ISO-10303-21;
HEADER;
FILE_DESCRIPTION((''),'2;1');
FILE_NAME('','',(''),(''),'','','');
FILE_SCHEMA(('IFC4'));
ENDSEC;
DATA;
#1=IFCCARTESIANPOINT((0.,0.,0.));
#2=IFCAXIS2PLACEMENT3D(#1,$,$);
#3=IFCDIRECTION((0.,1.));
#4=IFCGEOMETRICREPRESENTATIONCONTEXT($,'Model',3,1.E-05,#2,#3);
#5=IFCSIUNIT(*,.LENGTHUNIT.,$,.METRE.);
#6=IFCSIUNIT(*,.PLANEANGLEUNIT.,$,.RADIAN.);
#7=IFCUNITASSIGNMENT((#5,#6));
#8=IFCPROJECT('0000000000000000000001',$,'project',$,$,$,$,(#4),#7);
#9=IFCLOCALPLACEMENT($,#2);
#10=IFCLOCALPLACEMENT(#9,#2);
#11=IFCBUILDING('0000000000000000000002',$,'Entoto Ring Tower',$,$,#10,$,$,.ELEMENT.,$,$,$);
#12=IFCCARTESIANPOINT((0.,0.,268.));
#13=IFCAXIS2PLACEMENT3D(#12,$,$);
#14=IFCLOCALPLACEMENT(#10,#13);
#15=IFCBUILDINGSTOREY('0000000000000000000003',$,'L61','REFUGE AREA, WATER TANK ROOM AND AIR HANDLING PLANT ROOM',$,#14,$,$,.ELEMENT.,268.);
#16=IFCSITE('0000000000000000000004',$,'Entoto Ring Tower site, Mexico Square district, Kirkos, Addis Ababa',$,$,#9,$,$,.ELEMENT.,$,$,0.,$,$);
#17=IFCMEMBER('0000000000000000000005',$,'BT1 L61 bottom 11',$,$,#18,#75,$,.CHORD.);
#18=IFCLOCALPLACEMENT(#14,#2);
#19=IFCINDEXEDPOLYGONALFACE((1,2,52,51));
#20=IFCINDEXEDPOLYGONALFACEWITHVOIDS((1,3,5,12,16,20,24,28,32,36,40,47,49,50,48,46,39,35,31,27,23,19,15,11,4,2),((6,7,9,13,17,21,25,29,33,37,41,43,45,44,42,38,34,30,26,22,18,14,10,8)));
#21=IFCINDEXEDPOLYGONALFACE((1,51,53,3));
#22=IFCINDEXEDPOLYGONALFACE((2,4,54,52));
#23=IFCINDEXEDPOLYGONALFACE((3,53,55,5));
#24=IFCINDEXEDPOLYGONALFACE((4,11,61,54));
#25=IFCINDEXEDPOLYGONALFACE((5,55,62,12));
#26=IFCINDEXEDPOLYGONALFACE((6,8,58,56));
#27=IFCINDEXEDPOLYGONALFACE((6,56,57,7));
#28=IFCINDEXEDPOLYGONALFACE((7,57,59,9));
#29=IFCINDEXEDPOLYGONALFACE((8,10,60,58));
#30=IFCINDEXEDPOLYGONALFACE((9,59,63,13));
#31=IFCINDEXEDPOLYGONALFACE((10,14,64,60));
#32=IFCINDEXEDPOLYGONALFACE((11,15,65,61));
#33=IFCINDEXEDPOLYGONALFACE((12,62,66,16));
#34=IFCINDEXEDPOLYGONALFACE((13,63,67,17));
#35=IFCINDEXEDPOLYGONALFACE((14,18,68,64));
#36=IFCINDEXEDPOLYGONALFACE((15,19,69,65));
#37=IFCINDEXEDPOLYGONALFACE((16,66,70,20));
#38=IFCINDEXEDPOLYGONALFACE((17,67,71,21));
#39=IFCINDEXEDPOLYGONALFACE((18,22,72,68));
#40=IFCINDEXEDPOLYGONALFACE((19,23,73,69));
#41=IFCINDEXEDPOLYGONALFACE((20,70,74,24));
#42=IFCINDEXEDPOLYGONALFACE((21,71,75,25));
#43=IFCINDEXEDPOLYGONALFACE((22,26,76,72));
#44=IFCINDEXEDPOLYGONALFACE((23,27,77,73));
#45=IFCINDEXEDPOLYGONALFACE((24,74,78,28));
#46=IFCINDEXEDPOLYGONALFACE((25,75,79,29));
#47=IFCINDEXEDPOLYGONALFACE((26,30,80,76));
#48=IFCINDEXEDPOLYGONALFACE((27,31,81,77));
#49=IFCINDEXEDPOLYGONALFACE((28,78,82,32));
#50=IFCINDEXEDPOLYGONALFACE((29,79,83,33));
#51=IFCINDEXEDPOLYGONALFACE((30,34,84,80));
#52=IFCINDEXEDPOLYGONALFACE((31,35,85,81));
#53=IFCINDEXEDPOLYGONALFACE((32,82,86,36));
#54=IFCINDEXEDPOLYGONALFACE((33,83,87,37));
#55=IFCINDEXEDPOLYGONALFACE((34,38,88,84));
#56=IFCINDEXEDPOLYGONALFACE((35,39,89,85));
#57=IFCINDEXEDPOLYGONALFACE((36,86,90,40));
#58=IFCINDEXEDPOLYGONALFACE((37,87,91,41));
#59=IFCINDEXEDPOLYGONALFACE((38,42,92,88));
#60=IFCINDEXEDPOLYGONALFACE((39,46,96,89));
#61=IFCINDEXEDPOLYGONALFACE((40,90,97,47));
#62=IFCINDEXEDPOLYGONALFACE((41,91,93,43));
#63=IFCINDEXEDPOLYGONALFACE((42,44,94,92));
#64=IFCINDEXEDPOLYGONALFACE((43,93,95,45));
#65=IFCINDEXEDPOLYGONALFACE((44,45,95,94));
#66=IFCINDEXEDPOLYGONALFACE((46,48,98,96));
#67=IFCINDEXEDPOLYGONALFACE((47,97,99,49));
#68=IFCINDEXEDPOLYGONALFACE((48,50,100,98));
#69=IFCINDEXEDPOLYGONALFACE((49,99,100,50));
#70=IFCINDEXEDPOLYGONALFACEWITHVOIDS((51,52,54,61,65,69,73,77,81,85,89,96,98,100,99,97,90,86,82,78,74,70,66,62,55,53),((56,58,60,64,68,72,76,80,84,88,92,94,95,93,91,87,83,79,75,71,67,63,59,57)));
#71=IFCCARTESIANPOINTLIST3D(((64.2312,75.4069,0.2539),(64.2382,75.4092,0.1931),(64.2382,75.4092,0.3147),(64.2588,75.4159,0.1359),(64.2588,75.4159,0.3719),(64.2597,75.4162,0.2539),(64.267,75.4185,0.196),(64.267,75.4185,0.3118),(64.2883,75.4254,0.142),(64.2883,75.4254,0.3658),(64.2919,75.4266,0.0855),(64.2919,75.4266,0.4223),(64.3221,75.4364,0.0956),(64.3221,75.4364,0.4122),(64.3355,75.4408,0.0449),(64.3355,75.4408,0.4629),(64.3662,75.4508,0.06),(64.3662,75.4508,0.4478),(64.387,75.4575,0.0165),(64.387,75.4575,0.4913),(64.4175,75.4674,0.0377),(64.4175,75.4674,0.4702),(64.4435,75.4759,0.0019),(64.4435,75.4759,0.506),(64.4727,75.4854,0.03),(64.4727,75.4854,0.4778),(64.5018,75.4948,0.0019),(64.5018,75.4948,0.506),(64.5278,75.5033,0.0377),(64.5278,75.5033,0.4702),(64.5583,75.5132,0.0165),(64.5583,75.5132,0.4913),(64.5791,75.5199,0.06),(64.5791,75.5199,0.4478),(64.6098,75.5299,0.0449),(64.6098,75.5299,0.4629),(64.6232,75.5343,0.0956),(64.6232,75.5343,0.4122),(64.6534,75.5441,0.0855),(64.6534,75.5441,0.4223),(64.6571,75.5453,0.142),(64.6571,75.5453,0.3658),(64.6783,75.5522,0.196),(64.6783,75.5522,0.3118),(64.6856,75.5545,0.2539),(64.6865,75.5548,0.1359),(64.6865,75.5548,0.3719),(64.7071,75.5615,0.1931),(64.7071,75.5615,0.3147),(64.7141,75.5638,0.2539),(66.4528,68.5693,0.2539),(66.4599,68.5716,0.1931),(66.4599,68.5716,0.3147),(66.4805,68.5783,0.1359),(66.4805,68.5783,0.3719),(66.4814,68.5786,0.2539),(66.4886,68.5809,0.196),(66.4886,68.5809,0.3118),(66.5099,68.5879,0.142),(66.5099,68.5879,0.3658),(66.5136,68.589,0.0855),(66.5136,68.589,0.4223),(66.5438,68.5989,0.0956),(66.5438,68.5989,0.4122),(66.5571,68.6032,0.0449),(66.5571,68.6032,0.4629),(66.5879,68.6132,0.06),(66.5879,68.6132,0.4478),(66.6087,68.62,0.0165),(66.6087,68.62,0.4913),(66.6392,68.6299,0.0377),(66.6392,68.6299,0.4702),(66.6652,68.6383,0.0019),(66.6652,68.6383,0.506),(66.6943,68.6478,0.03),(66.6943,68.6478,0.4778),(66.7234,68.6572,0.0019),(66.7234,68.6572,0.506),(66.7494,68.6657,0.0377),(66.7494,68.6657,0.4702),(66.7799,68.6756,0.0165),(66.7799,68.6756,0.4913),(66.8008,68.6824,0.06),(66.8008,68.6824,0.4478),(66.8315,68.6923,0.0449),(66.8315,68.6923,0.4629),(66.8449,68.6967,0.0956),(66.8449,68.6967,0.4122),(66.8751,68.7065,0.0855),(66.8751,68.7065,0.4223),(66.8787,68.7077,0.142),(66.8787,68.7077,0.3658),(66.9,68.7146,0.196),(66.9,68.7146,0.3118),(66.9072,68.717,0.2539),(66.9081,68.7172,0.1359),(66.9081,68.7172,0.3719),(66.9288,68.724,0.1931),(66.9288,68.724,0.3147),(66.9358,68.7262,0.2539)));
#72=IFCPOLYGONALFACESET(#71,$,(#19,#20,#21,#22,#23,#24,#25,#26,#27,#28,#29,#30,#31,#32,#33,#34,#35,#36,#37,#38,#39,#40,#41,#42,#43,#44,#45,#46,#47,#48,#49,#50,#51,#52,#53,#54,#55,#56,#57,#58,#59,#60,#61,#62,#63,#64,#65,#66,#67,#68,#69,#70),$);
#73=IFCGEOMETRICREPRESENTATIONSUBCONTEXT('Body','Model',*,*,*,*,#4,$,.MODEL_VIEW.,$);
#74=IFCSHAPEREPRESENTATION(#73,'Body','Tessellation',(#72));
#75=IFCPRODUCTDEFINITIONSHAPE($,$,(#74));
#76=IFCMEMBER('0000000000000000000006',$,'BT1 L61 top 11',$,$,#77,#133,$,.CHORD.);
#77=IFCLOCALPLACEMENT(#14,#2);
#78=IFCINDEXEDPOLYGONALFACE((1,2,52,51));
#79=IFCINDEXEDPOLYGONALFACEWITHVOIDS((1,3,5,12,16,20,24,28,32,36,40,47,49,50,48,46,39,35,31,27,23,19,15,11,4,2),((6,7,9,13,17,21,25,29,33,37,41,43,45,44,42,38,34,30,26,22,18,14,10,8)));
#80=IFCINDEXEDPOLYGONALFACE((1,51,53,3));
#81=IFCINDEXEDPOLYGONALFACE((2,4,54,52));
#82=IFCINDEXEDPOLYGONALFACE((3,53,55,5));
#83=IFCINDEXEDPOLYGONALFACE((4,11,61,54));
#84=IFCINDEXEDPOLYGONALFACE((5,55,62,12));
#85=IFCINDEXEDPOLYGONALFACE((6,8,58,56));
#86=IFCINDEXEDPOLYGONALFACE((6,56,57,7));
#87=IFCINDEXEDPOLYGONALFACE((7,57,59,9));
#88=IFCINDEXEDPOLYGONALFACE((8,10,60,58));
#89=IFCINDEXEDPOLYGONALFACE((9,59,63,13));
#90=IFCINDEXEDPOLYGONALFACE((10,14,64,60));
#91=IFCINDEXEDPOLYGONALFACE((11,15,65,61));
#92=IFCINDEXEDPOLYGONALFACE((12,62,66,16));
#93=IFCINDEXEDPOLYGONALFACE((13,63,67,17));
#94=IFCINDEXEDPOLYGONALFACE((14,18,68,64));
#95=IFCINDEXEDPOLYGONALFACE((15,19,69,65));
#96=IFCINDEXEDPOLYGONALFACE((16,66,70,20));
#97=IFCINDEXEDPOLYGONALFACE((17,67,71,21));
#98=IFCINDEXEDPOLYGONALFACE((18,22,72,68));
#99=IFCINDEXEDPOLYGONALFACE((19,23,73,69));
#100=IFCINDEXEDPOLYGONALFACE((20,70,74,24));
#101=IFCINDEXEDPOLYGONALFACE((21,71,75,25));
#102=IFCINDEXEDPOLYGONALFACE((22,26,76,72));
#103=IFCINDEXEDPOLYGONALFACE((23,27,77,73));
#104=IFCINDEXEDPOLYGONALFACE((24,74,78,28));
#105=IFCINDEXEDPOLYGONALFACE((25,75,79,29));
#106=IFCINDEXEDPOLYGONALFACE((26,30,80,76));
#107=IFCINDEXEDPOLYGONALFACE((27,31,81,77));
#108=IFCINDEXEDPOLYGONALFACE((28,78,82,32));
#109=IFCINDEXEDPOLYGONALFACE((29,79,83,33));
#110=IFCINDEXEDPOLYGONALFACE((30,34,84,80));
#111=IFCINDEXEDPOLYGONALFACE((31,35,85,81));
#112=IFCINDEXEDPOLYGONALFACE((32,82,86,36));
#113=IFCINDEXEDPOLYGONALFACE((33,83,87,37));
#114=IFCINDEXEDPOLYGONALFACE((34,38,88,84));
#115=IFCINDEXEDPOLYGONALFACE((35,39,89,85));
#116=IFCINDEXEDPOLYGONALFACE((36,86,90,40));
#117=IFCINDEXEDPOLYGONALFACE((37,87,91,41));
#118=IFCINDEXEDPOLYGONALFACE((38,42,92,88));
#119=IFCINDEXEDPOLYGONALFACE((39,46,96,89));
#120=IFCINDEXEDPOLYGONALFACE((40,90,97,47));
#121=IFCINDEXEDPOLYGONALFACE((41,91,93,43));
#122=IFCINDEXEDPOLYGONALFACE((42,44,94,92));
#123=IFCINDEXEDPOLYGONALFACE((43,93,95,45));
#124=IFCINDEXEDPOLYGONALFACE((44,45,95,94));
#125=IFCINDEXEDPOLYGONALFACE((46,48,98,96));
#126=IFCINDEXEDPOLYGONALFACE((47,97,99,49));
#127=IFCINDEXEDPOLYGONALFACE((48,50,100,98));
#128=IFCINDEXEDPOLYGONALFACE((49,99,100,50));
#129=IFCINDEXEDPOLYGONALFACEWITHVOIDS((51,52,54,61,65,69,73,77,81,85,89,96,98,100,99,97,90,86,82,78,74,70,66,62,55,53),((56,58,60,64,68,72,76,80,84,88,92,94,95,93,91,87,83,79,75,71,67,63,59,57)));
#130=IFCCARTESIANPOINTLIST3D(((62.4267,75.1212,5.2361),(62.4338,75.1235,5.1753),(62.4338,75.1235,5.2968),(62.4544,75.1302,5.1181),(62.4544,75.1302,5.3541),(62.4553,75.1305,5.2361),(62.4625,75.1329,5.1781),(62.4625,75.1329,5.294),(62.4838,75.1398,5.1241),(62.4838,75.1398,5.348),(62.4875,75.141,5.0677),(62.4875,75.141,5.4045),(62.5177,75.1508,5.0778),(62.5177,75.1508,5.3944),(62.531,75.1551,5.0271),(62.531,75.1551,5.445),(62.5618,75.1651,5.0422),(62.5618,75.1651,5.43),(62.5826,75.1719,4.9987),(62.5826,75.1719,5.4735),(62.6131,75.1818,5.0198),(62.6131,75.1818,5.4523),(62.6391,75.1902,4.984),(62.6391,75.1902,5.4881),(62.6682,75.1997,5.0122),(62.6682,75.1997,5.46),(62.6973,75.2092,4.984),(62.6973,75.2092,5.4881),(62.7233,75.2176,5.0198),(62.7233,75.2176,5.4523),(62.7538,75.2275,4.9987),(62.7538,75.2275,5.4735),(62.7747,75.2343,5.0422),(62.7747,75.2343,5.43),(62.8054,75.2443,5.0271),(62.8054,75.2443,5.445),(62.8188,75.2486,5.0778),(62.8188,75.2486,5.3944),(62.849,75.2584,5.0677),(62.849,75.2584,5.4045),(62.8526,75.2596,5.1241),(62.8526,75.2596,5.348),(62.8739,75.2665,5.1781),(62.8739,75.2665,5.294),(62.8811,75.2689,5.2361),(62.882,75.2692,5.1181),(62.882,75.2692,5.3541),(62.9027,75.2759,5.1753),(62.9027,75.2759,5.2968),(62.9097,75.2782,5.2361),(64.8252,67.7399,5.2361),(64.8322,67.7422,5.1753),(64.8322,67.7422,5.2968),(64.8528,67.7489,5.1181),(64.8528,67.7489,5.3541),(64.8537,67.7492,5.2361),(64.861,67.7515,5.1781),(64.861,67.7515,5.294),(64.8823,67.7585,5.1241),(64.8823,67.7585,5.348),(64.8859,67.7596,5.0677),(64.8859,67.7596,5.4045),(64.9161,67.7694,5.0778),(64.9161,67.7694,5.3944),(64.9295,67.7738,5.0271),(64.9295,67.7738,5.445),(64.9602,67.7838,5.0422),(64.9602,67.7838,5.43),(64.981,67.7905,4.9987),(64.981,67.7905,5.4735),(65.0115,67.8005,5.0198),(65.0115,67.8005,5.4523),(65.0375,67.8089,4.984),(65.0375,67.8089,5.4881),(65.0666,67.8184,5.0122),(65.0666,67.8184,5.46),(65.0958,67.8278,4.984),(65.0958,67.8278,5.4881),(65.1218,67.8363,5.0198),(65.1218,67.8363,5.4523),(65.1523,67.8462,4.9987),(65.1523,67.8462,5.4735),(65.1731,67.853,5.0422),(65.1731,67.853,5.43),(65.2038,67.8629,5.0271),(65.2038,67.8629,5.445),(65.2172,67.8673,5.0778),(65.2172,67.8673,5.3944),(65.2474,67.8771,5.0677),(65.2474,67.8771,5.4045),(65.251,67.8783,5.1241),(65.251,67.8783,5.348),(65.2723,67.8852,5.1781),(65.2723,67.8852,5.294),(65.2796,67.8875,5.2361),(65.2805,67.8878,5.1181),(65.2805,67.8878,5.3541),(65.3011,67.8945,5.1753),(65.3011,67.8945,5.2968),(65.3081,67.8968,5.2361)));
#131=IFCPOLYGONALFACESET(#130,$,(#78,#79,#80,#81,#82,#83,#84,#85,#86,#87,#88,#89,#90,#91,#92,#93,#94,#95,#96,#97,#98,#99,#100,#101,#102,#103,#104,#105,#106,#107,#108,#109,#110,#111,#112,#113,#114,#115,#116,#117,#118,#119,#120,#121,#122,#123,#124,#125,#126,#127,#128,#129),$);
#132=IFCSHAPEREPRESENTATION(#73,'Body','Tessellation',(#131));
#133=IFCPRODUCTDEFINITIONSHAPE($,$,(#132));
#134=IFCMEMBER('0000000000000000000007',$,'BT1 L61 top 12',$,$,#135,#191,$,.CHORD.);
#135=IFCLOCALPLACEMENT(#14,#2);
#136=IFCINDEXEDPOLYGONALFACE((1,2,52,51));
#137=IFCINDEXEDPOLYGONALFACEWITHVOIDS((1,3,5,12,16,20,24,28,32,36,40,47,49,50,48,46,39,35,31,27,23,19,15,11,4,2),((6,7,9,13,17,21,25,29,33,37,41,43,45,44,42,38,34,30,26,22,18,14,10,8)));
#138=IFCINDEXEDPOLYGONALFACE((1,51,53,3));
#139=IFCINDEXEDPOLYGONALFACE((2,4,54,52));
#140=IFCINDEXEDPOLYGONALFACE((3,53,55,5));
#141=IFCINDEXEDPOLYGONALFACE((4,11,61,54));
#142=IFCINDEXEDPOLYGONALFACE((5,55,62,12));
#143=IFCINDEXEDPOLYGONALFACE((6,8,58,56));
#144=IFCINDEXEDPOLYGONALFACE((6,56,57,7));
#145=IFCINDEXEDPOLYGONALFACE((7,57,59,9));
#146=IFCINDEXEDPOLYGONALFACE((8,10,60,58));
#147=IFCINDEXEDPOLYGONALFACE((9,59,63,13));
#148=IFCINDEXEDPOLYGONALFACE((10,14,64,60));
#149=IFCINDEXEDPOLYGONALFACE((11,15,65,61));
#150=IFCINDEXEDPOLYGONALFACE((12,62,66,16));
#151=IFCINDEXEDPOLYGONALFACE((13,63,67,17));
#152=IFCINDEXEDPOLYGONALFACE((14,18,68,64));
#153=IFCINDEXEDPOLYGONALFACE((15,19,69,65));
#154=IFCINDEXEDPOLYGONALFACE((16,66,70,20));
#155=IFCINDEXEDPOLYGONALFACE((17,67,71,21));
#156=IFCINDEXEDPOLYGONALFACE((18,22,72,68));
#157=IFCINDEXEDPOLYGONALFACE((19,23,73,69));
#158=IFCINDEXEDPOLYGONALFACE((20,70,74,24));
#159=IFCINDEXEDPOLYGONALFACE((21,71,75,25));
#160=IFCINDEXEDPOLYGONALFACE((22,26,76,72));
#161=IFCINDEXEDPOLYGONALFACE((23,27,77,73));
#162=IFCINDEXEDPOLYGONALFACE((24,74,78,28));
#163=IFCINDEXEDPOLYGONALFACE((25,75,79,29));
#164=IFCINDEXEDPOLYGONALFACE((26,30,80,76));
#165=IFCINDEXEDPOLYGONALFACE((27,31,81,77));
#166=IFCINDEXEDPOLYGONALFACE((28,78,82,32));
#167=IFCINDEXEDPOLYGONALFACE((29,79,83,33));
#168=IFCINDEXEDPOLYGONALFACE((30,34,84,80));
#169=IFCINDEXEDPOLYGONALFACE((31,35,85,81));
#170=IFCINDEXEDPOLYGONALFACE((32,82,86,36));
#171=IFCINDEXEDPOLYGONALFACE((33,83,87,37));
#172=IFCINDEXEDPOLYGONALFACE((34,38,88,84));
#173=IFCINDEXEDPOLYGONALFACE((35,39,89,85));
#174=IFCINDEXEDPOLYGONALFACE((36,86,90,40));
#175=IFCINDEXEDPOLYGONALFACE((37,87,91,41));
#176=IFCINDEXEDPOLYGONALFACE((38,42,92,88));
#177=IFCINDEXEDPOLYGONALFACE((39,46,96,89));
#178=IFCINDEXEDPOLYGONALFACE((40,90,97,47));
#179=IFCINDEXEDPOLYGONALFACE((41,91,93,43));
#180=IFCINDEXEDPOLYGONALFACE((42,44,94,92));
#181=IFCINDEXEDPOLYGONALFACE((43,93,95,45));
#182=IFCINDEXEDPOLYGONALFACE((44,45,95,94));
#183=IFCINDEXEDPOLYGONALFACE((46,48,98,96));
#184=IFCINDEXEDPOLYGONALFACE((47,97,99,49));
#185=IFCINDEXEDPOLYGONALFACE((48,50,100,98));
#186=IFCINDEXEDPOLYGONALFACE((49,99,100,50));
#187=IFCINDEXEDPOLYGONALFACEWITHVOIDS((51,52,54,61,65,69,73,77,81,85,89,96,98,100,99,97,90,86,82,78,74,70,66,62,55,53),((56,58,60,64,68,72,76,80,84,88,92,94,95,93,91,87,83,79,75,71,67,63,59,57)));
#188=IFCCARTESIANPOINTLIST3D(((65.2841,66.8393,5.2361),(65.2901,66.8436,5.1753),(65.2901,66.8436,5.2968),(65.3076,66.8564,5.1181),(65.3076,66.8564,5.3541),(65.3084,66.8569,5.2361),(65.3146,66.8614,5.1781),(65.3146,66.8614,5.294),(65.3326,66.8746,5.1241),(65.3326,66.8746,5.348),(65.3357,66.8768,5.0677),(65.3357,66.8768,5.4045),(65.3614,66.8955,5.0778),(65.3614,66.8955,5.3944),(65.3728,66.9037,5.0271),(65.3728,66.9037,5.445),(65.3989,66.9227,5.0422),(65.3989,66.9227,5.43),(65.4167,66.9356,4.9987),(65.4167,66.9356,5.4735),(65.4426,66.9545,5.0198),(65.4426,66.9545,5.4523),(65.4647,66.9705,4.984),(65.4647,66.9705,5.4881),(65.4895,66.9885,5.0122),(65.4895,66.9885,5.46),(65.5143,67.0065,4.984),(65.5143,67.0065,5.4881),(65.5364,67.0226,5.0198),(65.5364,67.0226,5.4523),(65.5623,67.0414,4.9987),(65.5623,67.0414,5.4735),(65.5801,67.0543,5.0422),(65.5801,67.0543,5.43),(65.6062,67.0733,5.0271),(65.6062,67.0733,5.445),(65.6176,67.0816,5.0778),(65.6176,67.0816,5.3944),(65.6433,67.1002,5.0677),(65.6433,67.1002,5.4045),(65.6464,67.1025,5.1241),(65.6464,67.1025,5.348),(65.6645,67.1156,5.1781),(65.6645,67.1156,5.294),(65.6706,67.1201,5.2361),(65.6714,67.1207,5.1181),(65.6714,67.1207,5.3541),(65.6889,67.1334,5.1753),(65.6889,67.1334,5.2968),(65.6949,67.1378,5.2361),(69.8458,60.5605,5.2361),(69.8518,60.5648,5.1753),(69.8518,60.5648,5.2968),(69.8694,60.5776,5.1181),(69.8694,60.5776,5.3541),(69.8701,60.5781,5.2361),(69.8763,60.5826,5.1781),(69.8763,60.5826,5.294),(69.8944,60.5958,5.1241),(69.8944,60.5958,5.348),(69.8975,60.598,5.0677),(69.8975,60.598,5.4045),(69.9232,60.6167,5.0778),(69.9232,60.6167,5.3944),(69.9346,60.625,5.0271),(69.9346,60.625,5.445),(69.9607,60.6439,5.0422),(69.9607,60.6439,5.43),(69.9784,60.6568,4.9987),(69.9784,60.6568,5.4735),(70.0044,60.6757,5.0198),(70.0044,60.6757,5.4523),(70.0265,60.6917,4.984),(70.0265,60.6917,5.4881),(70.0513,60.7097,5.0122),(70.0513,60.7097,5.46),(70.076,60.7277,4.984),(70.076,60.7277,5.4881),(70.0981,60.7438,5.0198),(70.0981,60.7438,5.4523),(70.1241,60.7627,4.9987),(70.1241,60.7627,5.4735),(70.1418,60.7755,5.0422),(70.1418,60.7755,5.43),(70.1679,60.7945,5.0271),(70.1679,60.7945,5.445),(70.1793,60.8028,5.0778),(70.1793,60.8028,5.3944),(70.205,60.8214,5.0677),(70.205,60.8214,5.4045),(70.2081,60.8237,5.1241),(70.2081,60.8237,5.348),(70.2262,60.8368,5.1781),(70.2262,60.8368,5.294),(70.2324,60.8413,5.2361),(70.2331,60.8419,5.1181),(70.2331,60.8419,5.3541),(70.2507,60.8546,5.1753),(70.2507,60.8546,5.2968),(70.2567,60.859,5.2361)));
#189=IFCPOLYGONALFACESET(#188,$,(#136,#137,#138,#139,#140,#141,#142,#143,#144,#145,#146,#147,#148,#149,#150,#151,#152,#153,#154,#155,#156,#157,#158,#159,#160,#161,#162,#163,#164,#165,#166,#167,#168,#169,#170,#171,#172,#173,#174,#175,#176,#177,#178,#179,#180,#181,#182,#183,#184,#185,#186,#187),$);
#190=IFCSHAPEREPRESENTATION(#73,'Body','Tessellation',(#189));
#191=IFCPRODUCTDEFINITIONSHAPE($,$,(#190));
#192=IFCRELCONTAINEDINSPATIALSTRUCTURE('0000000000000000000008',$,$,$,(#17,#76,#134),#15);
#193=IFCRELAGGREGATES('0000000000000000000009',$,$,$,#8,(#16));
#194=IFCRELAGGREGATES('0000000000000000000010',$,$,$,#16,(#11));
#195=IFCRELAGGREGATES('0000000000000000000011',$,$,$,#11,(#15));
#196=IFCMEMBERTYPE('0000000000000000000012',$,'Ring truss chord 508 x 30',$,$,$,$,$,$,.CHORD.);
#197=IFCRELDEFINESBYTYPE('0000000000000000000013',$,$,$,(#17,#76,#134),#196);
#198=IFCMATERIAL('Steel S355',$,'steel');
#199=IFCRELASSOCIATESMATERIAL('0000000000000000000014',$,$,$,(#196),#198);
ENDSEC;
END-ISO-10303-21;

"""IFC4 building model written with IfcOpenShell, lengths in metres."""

from ifc_helpers import new_model, si_unit, direction, frame, origin, origin_2d, place, context, subcontext, project, spatial, circle, hollow_circle, extrude, material, material_profile, profile_set, type_object, element, save


model = new_model("IFC4")

# Units and contexts
model_context = context("Model", 3, precision=1e-05, world=origin(), true_north=direction((0.0, 1.0)))
body_context = subcontext(model_context, "Body", "Model", "MODEL_VIEW")
ifc_project = project(units=[si_unit("LENGTHUNIT", "METRE"), si_unit("PLANEANGLEUNIT", "RADIAN")], contexts=[model_context])

# Site, building, storey
site_placement = place(None, origin())
site = spatial("IfcSite", under=ifc_project, at=site_placement, Name="Entoto Ring Tower site, Mexico Square district, Kirkos, Addis Ababa", CompositionType="ELEMENT", RefElevation=0.0)
building_placement = place(site_placement, origin())
building = spatial("IfcBuilding", under=site, at=building_placement, Name="Entoto Ring Tower", CompositionType="ELEMENT")
storey_placement = place(building_placement, frame((0.0, 0.0, 268.0)))
storey = spatial("IfcBuildingStorey", under=building, at=storey_placement, Name="L61", Description="REFUGE AREA, WATER TANK ROOM AND AIR HANDLING PLANT ROOM", CompositionType="ELEMENT", Elevation=268.0)

# Members
ifc_material_1 = material(Name="Steel S355", Category="steel")
ifc_material_profile_1 = material_profile(ifc_material_1, hollow_circle(Radius=0.2539, WallThickness=0.03, at=origin_2d()), Name="CHS 508 x 30")
ifc_material_2 = material(Name="Concrete C60/75", Category="concrete")
ifc_material_profile_2 = material_profile(ifc_material_2, circle(Radius=0.2241, at=origin_2d()), Name="Concrete C60/75 infill")
ifc_profile_set_1 = profile_set([ifc_material_profile_1, ifc_material_profile_2], Name="Steel S355")
member_type_1 = type_object("IfcMemberType", Name="Ring truss chord 508 x 30", PredefinedType="CHORD", material=ifc_profile_set_1)
member_1_placement = place(storey_placement, frame((64.4727, 75.4854, 0.2539), z_axis=(0.309016, -0.951057, 0.0), x_axis=(0.951057, 0.309016, 0.0)))
element("IfcMember", 1, at=member_1_placement, inside=storey, type_object=member_type_1, Name="BT1 L61 bottom 11", PredefinedType="CHORD", context=body_context, shape_type="SweptSolid", body=[
    extrude(hollow_circle(Radius=0.2539, WallThickness=0.03, at=origin_2d()), origin(), (0.0, 0.0, 1.0), 7.1895),
])
member_2_placement = place(storey_placement, frame((62.6682, 75.1997, 5.2361), z_axis=(0.309028, -0.951053, 0.0), x_axis=(0.951053, 0.309028, 0.0)))
element("IfcMember", 2, at=member_2_placement, inside=storey, type_object=member_type_1, Name="BT1 L61 top 11", PredefinedType="CHORD", context=body_context, shape_type="SweptSolid", body=[
    extrude(hollow_circle(Radius=0.2539, WallThickness=0.03, at=origin_2d()), origin(), (0.0, 0.0, 1.0), 7.7612),
])
member_3_placement = place(storey_placement, frame((65.4895, 66.9885, 5.2361), z_axis=(0.587781, -0.80902, 0.0), x_axis=(0.80902, 0.587781, 0.0)))
element("IfcMember", 3, at=member_3_placement, inside=storey, type_object=member_type_1, Name="BT1 L61 top 12", PredefinedType="CHORD", context=body_context, shape_type="SweptSolid", body=[
    extrude(hollow_circle(Radius=0.2539, WallThickness=0.03, at=origin_2d()), origin(), (0.0, 0.0, 1.0), 7.761),
])

save(model, "model.ifc")
